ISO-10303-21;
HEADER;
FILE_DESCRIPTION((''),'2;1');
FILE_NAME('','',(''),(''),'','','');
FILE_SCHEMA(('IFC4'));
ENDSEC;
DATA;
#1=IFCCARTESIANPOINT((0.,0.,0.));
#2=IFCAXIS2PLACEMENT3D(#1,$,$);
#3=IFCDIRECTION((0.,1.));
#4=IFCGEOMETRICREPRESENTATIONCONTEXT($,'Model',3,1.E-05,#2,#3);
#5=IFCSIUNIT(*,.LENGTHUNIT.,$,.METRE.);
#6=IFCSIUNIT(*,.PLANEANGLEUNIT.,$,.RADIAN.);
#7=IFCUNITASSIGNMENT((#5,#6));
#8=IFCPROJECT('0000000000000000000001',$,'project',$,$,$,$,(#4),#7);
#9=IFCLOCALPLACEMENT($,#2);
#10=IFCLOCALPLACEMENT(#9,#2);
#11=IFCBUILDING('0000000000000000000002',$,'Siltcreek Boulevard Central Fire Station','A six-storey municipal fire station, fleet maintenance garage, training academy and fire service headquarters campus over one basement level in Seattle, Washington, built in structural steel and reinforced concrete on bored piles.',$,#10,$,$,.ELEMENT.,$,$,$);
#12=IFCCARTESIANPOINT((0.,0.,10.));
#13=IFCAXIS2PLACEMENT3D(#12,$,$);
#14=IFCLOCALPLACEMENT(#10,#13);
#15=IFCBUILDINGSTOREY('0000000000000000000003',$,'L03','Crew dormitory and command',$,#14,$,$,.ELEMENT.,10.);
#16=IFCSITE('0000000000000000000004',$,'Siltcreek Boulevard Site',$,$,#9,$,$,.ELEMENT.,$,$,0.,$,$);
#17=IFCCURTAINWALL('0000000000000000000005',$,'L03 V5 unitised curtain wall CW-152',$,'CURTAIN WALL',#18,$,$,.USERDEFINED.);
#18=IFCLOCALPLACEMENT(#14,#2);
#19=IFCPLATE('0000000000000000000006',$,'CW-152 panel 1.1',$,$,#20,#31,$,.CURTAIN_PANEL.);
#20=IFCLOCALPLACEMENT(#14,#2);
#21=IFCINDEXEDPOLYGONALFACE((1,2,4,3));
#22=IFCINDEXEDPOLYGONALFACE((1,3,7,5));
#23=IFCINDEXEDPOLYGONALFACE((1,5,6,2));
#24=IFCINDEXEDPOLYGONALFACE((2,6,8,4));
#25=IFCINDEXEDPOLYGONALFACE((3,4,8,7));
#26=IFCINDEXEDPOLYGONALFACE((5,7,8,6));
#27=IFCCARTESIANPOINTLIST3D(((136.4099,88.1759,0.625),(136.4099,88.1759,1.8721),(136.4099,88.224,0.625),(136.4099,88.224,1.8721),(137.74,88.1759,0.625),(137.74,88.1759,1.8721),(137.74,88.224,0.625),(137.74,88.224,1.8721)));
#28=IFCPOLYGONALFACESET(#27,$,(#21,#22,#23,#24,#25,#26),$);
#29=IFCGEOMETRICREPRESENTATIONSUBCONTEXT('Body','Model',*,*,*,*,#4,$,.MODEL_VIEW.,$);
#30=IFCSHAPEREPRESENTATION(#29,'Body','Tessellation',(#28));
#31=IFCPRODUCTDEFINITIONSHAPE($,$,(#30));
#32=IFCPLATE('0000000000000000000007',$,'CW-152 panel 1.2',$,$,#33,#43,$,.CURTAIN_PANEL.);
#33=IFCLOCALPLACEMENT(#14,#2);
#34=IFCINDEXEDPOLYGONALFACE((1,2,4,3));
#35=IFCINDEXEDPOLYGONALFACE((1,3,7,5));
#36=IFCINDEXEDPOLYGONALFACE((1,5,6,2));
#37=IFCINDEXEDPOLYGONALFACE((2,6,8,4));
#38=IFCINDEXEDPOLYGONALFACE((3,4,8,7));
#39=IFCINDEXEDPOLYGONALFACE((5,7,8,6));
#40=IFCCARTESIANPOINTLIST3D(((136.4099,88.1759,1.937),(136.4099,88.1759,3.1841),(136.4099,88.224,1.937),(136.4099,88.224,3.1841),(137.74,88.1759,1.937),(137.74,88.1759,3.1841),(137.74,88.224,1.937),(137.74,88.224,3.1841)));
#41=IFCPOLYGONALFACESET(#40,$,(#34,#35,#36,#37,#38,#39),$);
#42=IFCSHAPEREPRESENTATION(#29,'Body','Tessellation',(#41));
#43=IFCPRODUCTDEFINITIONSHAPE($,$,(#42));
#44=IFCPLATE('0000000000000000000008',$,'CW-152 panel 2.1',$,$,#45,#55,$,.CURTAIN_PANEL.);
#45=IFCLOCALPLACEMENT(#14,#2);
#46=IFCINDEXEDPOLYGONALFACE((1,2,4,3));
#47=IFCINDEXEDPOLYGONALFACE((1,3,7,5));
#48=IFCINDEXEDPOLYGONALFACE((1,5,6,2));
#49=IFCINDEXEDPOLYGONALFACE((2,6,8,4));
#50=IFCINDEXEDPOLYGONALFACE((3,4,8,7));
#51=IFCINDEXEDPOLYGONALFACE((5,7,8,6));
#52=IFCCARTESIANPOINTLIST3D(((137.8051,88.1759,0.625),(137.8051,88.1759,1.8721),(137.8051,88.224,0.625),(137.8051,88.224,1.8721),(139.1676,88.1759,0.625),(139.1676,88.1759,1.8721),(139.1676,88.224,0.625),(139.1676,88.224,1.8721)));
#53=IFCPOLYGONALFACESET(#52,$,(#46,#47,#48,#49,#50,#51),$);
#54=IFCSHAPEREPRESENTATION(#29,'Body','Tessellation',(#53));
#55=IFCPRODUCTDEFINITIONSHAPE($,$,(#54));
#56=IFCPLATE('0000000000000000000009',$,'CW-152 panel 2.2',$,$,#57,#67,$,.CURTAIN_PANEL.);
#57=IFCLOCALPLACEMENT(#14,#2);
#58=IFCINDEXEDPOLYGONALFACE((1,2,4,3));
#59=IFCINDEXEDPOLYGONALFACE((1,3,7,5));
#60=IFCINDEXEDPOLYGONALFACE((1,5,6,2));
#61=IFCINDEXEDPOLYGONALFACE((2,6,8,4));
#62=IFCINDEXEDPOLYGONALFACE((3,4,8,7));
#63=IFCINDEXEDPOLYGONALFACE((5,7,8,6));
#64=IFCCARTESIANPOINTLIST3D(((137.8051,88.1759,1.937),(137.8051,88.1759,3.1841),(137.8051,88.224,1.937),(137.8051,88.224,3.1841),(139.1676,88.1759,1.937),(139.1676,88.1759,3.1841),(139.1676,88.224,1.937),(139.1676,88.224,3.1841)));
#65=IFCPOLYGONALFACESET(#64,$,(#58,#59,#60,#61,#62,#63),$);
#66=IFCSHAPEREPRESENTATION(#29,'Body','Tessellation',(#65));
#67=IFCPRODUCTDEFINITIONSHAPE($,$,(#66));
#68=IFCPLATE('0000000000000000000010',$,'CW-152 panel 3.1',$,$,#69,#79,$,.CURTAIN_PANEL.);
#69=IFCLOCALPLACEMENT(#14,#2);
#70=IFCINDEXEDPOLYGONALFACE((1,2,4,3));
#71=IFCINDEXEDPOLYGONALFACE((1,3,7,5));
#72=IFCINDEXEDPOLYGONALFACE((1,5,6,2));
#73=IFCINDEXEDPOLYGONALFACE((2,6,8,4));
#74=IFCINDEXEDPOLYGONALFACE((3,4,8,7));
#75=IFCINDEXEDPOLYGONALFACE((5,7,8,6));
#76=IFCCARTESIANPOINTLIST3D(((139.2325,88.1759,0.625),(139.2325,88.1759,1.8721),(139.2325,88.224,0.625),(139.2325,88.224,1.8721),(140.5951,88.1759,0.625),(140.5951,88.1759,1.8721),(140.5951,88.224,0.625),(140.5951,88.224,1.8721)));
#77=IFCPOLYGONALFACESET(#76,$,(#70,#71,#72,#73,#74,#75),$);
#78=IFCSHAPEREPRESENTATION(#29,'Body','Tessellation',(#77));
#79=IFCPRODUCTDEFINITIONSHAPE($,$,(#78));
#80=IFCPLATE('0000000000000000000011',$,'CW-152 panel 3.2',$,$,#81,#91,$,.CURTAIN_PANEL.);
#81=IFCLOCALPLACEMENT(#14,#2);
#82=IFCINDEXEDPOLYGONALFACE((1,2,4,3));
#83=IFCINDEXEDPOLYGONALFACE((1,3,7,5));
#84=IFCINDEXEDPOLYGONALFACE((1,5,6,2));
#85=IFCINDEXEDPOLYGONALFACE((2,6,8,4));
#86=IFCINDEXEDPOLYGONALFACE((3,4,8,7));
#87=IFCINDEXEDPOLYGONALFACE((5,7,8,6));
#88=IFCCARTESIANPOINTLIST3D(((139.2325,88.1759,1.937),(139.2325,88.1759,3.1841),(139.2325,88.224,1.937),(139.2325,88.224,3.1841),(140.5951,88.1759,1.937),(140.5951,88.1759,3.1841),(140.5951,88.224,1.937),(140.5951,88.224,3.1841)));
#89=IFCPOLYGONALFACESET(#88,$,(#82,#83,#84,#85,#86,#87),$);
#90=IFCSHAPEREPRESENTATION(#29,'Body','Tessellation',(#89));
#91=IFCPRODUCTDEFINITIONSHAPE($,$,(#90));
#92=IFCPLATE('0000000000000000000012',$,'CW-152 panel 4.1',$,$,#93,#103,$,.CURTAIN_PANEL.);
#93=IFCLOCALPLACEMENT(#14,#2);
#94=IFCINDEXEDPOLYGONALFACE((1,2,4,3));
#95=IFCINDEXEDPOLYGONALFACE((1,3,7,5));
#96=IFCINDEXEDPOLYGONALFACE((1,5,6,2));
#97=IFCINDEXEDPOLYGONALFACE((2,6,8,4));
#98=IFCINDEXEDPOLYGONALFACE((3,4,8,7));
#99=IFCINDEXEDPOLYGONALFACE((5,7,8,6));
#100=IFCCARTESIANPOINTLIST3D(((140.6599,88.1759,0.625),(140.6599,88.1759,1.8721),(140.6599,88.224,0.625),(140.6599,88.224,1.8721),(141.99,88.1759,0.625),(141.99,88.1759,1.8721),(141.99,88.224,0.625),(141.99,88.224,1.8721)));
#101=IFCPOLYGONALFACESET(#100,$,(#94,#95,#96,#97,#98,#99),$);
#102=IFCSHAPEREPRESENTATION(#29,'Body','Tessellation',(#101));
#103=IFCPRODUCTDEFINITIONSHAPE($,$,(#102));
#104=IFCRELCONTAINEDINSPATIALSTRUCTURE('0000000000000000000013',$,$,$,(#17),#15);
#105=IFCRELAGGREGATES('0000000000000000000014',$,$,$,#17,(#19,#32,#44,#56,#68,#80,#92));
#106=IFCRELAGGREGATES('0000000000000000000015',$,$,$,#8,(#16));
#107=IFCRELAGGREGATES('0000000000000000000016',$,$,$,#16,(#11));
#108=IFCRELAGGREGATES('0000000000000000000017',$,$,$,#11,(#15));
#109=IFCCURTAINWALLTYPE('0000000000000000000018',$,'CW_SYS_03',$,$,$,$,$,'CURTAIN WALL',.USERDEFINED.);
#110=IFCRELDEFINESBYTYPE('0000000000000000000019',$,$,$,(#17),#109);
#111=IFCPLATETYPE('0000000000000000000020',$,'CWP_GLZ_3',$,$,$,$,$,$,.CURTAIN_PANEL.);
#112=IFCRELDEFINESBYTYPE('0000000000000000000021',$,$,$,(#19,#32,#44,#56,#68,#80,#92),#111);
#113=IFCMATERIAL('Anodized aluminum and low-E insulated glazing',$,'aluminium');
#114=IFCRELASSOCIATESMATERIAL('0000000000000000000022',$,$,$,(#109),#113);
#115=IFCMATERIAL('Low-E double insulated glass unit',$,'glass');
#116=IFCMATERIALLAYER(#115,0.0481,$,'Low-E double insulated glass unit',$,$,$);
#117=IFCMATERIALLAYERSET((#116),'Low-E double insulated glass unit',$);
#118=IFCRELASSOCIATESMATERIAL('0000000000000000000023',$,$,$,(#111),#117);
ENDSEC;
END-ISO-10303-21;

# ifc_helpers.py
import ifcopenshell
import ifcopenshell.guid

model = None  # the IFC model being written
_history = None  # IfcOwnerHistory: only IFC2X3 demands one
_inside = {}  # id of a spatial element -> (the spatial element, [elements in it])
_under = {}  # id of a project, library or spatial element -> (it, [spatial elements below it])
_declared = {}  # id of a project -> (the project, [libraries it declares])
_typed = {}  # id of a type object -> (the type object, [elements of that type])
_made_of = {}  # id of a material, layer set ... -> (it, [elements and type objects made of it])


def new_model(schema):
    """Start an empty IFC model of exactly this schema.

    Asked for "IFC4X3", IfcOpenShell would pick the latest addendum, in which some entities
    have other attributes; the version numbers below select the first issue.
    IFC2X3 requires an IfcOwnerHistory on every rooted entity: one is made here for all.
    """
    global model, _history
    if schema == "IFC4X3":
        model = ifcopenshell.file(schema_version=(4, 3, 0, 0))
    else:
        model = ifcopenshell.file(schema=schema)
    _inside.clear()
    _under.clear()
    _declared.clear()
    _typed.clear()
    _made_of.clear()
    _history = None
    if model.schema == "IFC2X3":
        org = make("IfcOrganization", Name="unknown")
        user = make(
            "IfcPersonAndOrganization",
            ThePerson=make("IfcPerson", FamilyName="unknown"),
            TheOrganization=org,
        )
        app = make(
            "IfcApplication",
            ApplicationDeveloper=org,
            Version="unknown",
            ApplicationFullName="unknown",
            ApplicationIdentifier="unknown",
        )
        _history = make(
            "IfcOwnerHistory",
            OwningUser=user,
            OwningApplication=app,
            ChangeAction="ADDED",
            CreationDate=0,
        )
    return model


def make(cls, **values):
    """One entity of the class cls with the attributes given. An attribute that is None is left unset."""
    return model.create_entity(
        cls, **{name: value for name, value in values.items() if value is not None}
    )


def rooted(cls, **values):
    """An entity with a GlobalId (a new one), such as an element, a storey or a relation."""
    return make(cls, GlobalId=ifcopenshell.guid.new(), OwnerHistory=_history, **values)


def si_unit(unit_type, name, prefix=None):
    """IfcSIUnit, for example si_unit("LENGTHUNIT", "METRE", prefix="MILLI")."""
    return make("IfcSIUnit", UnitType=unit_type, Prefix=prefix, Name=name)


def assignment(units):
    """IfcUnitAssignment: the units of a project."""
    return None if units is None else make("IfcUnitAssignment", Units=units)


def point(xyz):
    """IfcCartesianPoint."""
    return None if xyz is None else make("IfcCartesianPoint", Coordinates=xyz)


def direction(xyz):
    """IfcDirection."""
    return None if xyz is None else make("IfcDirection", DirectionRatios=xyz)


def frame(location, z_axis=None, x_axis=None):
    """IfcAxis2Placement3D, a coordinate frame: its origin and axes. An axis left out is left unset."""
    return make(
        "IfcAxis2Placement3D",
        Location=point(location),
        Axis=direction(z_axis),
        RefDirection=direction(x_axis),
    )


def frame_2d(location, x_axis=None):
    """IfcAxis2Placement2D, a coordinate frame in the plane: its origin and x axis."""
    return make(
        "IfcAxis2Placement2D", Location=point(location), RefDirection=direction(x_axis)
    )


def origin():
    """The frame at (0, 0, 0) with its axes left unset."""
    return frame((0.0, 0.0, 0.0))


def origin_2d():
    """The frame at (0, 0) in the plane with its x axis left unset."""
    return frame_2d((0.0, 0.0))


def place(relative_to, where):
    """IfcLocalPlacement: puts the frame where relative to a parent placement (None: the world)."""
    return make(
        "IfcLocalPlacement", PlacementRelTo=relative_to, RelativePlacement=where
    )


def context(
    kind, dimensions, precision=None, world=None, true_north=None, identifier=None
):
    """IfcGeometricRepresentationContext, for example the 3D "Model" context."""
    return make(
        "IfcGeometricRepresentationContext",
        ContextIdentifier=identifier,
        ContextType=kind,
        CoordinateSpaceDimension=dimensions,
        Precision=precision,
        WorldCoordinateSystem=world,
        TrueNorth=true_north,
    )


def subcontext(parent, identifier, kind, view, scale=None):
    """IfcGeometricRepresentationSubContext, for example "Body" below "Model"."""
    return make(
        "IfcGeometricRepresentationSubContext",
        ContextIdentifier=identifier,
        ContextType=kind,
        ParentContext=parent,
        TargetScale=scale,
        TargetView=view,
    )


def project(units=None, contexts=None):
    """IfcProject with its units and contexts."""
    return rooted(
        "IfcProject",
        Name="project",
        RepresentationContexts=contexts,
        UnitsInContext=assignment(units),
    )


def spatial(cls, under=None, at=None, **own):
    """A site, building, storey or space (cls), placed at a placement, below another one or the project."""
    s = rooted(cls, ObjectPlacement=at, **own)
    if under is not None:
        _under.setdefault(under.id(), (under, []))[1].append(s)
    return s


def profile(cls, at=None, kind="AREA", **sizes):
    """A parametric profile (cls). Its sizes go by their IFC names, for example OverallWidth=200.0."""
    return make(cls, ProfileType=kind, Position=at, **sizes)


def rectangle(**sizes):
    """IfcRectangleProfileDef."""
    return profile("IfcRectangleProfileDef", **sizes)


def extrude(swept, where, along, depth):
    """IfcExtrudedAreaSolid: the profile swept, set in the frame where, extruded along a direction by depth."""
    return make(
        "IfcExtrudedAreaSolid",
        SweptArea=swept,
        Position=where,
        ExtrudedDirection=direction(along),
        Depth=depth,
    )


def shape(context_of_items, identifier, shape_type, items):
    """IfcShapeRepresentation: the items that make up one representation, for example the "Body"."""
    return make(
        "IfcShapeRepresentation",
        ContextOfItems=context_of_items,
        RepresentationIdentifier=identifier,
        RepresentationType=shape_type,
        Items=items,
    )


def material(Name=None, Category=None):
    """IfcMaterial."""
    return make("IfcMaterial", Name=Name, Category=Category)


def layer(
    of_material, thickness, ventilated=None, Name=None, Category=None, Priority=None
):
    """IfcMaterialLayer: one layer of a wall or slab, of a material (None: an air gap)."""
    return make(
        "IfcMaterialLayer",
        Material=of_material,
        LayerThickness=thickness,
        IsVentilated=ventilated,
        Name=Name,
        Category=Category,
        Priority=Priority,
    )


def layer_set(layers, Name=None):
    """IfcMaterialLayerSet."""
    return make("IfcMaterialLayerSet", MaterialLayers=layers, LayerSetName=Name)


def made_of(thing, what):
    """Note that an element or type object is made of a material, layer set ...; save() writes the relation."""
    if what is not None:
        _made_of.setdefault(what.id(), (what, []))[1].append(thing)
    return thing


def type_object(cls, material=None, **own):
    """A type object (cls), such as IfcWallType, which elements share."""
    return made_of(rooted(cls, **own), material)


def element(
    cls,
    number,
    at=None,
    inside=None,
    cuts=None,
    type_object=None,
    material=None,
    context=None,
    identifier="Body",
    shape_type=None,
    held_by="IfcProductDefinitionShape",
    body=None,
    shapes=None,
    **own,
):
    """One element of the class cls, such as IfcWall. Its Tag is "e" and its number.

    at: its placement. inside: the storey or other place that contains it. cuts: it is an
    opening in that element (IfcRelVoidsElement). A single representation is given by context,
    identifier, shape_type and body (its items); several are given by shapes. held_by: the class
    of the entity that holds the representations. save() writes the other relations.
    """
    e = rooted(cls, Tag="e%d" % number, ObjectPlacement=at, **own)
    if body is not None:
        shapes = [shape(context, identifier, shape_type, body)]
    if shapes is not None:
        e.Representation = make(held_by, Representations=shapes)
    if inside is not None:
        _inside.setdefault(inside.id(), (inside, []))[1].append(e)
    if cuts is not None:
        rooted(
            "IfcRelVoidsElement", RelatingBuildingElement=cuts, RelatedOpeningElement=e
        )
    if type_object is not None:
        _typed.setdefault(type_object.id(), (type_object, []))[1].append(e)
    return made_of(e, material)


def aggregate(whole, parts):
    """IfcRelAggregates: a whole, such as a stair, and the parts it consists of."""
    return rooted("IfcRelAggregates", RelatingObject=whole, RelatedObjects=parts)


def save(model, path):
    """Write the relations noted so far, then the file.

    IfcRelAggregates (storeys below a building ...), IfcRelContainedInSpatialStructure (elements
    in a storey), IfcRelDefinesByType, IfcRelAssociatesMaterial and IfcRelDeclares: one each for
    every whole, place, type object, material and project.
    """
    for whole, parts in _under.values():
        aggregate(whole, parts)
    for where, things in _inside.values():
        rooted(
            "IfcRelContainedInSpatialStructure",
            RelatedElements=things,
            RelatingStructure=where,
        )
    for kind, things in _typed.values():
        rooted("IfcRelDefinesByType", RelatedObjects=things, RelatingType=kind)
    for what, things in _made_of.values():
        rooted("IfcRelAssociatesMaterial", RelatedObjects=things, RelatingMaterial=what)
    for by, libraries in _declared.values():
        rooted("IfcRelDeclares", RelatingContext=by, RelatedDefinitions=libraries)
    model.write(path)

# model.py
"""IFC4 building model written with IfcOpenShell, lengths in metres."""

from ifc_helpers import new_model, si_unit, direction, frame, origin, origin_2d, place, context, subcontext, project, spatial, rectangle, extrude, material, layer, layer_set, type_object, element, aggregate, save


model = new_model("IFC4")

# Units and contexts
model_context = context("Model", 3, precision=1e-05, world=origin(), true_north=direction((0.0, 1.0)))
body_context = subcontext(model_context, "Body", "Model", "MODEL_VIEW")
ifc_project = project(units=[si_unit("LENGTHUNIT", "METRE"), si_unit("PLANEANGLEUNIT", "RADIAN")], contexts=[model_context])

# Site, building, storey
site_placement = place(None, origin())
site = spatial("IfcSite", under=ifc_project, at=site_placement, Name="Siltcreek Boulevard Site", CompositionType="ELEMENT", RefElevation=0.0)
building_placement = place(site_placement, origin())
building = spatial("IfcBuilding", under=site, at=building_placement, Name="Siltcreek Boulevard Central Fire Station", Description="A six-storey municipal fire station, fleet maintenance garage, training academy and fire service headquarters campus over one basement level in Seattle, Washington, built in structural steel and reinforced concrete on bored piles.", CompositionType="ELEMENT")
storey_placement = place(building_placement, frame((0.0, 0.0, 10.0)))
storey = spatial("IfcBuildingStorey", under=building, at=storey_placement, Name="L03", Description="Crew dormitory and command", CompositionType="ELEMENT", Elevation=10.0)

# Curtain wall, plates
ifc_material_1 = material(Name="Anodized aluminum and low-E insulated glazing", Category="aluminium")
curtain_wall_type = type_object("IfcCurtainWallType", Name="CW_SYS_03", ElementType="CURTAIN WALL", PredefinedType="USERDEFINED", material=ifc_material_1)
curtain_wall_placement = place(storey_placement, origin())
curtain_wall = element("IfcCurtainWall", 1, at=curtain_wall_placement, inside=storey, type_object=curtain_wall_type, Name="L03 V5 unitised curtain wall CW-152", ObjectType="CURTAIN WALL", PredefinedType="USERDEFINED")
ifc_material_2 = material(Name="Low-E double insulated glass unit", Category="glass")
ifc_layer = layer(ifc_material_2, 0.0481, Name="Low-E double insulated glass unit")
ifc_layer_set = layer_set([ifc_layer], Name="Low-E double insulated glass unit")
plate_type = type_object("IfcPlateType", Name="CWP_GLZ_3", PredefinedType="CURTAIN_PANEL", material=ifc_layer_set)
plate_1_placement = place(storey_placement, frame((137.075, 88.2, 0.625), z_axis=(0.0, 0.0, 1.0), x_axis=(1.0, 0.0, 0.0)))
plate_1 = element("IfcPlate", 2, at=plate_1_placement, type_object=plate_type, Name="CW-152 panel 1.1", PredefinedType="CURTAIN_PANEL", context=body_context, shape_type="SweptSolid", body=[
    extrude(rectangle(XDim=1.3301, YDim=0.0481, at=origin_2d()), origin(), (0.0, 0.0, 1.0), 1.2471),
])
plate_2_placement = place(storey_placement, frame((137.075, 88.2, 1.937), z_axis=(0.0, 0.0, 1.0), x_axis=(1.0, 0.0, 0.0)))
plate_2 = element("IfcPlate", 3, at=plate_2_placement, type_object=plate_type, Name="CW-152 panel 1.2", PredefinedType="CURTAIN_PANEL", context=body_context, shape_type="SweptSolid", body=[
    extrude(rectangle(XDim=1.3301, YDim=0.0481, at=origin_2d()), origin(), (0.0, 0.0, 1.0), 1.2471),
])
plate_3_placement = place(storey_placement, frame((138.4863, 88.2, 0.625), z_axis=(0.0, 0.0, 1.0), x_axis=(1.0, 0.0, 0.0)))
plate_3 = element("IfcPlate", 4, at=plate_3_placement, type_object=plate_type, Name="CW-152 panel 2.1", PredefinedType="CURTAIN_PANEL", context=body_context, shape_type="SweptSolid", body=[
    extrude(rectangle(XDim=1.3625, YDim=0.0481, at=origin_2d()), origin(), (0.0, 0.0, 1.0), 1.2471),
])
plate_4_placement = place(storey_placement, frame((138.4863, 88.2, 1.937), z_axis=(0.0, 0.0, 1.0), x_axis=(1.0, 0.0, 0.0)))
plate_4 = element("IfcPlate", 5, at=plate_4_placement, type_object=plate_type, Name="CW-152 panel 2.2", PredefinedType="CURTAIN_PANEL", context=body_context, shape_type="SweptSolid", body=[
    extrude(rectangle(XDim=1.3625, YDim=0.0481, at=origin_2d()), origin(), (0.0, 0.0, 1.0), 1.2471),
])
plate_5_placement = place(storey_placement, frame((139.9138, 88.2, 0.625), z_axis=(0.0, 0.0, 1.0), x_axis=(1.0, 0.0, 0.0)))
plate_5 = element("IfcPlate", 6, at=plate_5_placement, type_object=plate_type, Name="CW-152 panel 3.1", PredefinedType="CURTAIN_PANEL", context=body_context, shape_type="SweptSolid", body=[
    extrude(rectangle(XDim=1.3625, YDim=0.0481, at=origin_2d()), origin(), (0.0, 0.0, 1.0), 1.2471),
])
plate_6_placement = place(storey_placement, frame((139.9138, 88.2, 1.937), z_axis=(0.0, 0.0, 1.0), x_axis=(1.0, 0.0, 0.0)))
plate_6 = element("IfcPlate", 7, at=plate_6_placement, type_object=plate_type, Name="CW-152 panel 3.2", PredefinedType="CURTAIN_PANEL", context=body_context, shape_type="SweptSolid", body=[
    extrude(rectangle(XDim=1.3625, YDim=0.0481, at=origin_2d()), origin(), (0.0, 0.0, 1.0), 1.2471),
])
plate_7_placement = place(storey_placement, frame((141.325, 88.2, 0.625), z_axis=(0.0, 0.0, 1.0), x_axis=(1.0, 0.0, 0.0)))
plate_7 = element("IfcPlate", 8, at=plate_7_placement, type_object=plate_type, Name="CW-152 panel 4.1", PredefinedType="CURTAIN_PANEL", context=body_context, shape_type="SweptSolid", body=[
    extrude(rectangle(XDim=1.3301, YDim=0.0481, at=origin_2d()), origin(), (0.0, 0.0, 1.0), 1.2471),
])
aggregate(curtain_wall, [plate_1, plate_2, plate_3, plate_4, plate_5, plate_6, plate_7])

save(model, "model.ifc")
